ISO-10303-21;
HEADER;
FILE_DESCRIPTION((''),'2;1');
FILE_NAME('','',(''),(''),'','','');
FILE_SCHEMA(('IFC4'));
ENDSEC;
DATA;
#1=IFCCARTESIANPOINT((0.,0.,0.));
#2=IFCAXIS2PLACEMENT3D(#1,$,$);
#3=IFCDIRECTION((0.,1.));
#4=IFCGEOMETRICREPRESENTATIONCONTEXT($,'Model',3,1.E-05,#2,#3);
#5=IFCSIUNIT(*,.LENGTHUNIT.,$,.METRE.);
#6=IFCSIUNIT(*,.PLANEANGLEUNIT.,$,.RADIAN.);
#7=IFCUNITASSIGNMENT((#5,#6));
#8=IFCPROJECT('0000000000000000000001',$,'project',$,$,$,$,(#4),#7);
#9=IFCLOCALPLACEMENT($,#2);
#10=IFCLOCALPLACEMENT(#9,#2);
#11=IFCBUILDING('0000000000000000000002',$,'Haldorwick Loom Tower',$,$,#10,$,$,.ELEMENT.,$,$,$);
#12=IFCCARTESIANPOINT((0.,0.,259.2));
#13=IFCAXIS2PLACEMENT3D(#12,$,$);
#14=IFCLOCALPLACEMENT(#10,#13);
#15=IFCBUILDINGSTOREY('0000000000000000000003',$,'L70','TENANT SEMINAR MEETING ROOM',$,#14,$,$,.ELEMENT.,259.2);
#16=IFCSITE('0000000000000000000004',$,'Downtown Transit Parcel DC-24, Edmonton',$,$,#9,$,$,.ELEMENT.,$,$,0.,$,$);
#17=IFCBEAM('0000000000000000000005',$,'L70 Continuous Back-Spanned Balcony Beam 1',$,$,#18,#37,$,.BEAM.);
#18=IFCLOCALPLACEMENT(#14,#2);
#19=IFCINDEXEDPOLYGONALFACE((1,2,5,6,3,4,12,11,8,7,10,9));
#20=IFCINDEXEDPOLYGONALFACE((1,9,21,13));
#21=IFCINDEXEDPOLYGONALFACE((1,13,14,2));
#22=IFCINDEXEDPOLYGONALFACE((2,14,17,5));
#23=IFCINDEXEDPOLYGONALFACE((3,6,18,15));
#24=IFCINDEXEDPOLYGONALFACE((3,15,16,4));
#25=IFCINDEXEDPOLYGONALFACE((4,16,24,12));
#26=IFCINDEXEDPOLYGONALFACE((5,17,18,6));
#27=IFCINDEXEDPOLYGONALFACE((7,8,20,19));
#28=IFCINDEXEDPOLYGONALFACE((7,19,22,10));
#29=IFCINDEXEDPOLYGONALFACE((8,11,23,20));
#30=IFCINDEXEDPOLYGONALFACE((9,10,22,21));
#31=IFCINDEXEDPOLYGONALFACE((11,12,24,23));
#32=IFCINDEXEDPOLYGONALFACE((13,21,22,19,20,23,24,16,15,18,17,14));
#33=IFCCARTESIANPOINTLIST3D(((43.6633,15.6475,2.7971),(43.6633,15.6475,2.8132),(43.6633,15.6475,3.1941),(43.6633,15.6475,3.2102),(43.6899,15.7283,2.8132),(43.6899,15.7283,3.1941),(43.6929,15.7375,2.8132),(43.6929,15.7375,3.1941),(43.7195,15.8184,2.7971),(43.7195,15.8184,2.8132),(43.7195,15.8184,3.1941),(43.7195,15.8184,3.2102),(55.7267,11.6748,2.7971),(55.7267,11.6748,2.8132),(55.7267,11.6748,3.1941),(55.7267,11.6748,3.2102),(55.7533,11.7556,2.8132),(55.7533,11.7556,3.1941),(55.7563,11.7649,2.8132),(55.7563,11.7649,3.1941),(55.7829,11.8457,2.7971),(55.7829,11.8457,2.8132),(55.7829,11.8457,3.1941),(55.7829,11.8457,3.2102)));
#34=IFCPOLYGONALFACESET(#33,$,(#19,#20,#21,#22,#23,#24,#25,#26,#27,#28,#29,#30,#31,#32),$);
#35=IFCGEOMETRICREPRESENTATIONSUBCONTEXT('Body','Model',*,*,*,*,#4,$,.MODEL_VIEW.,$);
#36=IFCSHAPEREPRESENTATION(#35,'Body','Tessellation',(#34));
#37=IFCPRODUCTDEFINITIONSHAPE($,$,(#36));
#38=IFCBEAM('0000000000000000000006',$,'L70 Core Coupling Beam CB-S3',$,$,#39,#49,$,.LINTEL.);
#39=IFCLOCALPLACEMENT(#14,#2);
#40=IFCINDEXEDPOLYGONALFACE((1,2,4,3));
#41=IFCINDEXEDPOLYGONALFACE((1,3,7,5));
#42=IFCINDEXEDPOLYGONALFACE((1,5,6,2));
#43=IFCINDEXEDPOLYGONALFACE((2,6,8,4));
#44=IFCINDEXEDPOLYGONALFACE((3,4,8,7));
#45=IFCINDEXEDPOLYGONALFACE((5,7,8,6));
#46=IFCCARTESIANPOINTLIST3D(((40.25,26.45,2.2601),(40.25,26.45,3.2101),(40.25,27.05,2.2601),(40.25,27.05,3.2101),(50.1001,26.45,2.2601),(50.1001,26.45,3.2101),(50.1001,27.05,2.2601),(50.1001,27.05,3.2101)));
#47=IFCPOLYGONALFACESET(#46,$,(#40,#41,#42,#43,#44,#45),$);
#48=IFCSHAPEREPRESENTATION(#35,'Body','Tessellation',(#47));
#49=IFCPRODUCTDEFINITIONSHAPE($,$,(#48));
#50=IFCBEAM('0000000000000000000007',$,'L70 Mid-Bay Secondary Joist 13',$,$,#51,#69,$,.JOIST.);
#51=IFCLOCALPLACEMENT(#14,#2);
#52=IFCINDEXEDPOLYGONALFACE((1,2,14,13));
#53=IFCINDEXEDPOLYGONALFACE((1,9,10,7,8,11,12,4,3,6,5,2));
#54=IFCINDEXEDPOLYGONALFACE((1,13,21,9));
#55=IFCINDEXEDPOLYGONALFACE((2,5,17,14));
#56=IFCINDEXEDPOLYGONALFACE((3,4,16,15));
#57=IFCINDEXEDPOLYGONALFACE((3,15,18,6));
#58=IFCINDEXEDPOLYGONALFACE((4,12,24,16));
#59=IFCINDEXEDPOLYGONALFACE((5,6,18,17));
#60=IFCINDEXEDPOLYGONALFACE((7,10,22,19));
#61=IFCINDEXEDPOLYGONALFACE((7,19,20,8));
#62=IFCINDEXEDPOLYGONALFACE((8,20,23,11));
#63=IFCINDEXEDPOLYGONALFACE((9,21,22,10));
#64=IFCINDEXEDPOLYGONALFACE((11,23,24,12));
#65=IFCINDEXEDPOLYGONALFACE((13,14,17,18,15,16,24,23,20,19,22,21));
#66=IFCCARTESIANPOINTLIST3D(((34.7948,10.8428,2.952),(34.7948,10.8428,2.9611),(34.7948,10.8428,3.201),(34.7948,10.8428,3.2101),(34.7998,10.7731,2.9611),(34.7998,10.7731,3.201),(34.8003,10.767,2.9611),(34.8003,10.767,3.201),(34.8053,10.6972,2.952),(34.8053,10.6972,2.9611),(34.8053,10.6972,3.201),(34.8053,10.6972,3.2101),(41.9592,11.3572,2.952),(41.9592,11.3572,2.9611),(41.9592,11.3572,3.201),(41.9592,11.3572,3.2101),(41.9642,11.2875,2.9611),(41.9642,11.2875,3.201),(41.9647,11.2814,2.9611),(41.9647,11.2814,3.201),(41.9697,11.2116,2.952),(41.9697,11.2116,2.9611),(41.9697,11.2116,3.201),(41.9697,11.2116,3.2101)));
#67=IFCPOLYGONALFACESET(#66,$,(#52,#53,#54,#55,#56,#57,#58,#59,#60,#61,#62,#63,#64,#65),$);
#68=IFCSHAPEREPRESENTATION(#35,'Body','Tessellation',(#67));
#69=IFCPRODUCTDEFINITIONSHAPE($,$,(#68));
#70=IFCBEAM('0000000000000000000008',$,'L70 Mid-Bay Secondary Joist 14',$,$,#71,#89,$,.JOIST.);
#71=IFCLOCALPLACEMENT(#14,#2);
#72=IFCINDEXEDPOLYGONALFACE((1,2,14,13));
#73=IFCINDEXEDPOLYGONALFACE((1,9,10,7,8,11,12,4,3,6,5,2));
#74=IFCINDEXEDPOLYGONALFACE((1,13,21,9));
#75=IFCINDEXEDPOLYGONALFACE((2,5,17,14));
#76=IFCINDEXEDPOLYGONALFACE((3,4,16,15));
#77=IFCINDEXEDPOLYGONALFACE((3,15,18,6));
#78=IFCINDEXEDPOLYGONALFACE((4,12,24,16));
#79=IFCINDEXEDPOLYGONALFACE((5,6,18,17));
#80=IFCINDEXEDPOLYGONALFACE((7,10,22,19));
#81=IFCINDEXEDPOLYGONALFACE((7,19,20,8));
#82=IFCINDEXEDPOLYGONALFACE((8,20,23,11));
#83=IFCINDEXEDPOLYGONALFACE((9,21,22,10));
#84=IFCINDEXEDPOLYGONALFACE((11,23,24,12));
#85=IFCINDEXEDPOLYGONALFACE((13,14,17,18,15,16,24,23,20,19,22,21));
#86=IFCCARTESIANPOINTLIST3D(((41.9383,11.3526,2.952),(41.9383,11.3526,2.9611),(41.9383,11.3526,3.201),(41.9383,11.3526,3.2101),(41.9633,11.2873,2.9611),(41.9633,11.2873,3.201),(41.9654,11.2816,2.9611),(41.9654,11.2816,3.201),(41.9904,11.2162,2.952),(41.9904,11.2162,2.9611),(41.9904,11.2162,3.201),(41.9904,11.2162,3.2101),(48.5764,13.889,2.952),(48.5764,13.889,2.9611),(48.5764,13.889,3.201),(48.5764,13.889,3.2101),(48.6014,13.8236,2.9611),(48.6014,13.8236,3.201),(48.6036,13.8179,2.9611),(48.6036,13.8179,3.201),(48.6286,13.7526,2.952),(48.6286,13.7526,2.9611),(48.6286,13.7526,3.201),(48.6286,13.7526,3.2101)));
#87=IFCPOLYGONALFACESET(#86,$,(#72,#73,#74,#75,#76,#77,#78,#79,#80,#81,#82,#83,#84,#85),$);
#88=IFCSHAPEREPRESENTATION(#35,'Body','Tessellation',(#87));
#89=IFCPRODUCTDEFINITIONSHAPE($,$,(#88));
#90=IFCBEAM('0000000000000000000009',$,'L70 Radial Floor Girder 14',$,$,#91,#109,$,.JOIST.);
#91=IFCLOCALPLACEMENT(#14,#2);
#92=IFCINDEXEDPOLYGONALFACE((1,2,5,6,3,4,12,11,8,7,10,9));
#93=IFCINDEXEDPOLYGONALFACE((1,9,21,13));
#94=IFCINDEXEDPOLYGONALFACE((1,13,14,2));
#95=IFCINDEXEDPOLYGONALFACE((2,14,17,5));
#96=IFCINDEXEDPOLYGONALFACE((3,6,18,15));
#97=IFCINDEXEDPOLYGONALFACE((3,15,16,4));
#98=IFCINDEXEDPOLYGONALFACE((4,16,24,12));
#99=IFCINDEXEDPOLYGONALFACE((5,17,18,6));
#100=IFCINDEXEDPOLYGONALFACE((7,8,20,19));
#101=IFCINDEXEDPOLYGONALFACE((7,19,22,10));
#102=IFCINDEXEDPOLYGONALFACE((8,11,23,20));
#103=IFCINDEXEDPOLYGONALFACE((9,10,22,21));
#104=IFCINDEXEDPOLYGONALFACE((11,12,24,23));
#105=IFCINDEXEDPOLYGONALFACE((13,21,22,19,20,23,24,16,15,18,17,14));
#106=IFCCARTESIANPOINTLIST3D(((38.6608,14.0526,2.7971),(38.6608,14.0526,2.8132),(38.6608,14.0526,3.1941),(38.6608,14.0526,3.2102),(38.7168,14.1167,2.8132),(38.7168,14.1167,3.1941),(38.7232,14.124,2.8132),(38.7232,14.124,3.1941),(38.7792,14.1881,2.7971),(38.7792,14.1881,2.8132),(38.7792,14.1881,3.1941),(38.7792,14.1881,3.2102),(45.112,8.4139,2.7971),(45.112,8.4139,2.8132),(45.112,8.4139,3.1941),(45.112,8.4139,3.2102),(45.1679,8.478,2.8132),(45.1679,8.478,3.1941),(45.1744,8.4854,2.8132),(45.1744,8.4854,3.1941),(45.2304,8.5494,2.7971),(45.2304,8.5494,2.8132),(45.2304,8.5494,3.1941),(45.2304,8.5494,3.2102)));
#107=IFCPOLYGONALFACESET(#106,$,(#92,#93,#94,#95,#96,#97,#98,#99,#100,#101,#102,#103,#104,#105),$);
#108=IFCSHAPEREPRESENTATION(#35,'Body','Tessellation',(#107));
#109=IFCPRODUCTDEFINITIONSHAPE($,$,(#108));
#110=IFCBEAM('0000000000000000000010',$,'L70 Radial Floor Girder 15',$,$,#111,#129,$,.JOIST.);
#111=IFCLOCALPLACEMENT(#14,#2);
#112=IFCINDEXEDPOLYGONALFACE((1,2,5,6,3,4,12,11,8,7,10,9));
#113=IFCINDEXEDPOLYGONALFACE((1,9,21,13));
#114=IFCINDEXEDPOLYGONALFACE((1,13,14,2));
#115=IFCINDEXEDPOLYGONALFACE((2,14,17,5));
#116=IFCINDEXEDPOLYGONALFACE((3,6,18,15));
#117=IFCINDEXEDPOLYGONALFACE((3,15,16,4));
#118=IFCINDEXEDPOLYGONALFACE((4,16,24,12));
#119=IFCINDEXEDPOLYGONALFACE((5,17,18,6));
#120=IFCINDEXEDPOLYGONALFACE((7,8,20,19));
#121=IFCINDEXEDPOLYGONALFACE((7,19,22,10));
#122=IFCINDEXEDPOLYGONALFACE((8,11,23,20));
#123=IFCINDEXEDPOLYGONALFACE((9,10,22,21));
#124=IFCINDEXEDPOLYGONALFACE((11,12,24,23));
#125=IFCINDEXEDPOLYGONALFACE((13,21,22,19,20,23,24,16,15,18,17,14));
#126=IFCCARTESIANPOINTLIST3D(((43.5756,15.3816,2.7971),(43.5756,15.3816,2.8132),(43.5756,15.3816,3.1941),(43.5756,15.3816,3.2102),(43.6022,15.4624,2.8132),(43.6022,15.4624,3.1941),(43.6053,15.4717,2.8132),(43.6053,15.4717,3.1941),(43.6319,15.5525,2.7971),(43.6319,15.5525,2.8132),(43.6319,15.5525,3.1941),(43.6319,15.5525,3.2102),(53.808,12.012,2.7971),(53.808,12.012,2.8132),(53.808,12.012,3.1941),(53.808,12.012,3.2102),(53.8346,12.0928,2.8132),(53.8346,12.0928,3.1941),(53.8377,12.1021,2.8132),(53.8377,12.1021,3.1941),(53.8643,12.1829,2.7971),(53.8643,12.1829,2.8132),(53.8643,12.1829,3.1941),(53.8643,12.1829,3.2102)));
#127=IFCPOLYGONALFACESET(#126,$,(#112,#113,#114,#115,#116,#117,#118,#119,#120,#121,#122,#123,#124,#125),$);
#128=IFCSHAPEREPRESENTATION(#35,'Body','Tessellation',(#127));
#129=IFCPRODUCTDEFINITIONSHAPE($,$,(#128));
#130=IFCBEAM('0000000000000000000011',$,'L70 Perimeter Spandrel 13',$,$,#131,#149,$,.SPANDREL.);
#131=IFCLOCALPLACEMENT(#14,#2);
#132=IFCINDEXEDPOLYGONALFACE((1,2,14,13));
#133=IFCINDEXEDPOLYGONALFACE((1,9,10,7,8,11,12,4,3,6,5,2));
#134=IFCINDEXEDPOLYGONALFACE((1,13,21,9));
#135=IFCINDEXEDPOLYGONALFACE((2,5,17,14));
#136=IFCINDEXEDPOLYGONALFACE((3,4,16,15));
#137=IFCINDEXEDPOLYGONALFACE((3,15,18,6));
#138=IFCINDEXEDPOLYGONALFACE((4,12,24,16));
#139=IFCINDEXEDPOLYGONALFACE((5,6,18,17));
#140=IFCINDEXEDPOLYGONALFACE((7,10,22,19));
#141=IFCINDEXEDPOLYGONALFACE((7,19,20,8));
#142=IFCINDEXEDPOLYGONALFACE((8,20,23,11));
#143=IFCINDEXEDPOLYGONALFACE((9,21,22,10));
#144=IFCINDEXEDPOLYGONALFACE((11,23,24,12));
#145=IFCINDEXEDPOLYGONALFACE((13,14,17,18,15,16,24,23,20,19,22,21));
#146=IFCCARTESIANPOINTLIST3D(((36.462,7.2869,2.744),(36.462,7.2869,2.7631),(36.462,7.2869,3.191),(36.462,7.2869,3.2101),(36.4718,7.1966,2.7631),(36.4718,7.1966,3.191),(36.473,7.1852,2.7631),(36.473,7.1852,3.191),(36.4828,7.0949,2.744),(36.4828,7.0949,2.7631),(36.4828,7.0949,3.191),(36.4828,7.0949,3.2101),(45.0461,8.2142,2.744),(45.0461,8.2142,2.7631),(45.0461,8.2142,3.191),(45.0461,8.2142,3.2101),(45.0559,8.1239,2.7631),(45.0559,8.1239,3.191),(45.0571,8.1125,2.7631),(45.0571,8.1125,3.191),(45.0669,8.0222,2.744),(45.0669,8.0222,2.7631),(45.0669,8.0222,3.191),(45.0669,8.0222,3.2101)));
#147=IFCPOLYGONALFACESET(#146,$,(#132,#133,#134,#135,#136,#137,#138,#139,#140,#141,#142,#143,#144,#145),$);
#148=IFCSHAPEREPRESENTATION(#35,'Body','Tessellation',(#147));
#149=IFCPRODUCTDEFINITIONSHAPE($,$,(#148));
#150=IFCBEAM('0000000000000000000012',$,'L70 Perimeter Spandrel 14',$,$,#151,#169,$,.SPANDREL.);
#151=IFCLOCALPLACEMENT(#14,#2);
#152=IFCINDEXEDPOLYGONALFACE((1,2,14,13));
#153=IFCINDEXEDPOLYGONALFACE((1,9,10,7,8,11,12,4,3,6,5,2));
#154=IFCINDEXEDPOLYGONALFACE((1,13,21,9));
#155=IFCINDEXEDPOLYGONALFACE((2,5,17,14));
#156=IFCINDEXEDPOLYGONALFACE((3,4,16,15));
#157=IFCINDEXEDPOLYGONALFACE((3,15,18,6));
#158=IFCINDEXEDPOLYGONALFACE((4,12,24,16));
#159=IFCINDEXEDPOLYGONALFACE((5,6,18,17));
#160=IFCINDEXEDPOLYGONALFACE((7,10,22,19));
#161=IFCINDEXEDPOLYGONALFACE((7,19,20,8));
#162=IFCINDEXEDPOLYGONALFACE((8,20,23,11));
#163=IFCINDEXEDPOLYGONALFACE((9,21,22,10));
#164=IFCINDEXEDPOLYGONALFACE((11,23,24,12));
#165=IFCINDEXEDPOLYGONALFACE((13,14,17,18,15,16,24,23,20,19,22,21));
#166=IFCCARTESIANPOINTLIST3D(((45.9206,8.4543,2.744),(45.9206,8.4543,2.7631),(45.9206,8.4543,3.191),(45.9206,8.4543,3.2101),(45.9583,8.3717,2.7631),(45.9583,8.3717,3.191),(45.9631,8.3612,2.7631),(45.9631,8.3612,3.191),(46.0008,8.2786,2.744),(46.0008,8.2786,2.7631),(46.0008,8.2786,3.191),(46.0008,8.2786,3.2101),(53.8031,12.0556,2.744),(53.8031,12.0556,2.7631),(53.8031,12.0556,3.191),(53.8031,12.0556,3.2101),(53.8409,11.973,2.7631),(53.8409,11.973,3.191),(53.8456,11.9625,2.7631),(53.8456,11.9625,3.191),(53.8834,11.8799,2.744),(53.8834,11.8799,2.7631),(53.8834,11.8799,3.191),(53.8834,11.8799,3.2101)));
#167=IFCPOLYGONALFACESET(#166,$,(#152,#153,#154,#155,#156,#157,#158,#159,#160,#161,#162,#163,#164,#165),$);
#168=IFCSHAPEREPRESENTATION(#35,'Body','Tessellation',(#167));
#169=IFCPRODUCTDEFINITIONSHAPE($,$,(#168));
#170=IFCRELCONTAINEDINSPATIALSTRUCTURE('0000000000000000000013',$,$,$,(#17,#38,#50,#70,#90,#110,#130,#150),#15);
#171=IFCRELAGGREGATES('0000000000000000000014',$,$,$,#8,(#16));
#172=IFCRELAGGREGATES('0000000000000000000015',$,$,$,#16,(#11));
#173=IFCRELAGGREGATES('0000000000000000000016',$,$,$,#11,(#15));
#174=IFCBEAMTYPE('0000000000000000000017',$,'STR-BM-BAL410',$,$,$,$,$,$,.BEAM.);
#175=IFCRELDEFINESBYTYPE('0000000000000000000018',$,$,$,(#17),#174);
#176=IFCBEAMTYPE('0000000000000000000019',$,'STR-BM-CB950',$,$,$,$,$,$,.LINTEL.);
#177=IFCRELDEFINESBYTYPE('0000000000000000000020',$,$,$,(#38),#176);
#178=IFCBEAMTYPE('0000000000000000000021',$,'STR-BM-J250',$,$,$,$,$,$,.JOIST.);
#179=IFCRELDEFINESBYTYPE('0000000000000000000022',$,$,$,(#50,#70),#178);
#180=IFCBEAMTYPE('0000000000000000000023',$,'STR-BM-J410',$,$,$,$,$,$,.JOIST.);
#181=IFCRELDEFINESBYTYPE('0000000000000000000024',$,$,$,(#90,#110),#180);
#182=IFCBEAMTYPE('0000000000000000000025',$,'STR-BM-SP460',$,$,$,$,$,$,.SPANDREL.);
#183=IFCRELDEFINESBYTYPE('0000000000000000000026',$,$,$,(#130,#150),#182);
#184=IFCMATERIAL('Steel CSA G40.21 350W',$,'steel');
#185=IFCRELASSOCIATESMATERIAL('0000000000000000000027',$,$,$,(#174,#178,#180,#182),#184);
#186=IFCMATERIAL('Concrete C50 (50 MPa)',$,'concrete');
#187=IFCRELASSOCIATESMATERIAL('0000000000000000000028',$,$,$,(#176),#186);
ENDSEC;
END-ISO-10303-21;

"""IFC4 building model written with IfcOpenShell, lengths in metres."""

from ifc_helpers import new_model, si_unit, direction, frame, origin, origin_2d, place, context, subcontext, project, spatial, rectangle, i_section, extrude, material, material_profile, profile_set, type_object, element, save


model = new_model("IFC4")

# Units and contexts
model_context = context("Model", 3, precision=1e-05, world=origin(), true_north=direction((0.0, 1.0)))
body_context = subcontext(model_context, "Body", "Model", "MODEL_VIEW")
ifc_project = project(units=[si_unit("LENGTHUNIT", "METRE"), si_unit("PLANEANGLEUNIT", "RADIAN")], contexts=[model_context])

# Site, building, storey
site_placement = place(None, origin())
site = spatial("IfcSite", under=ifc_project, at=site_placement, Name="Downtown Transit Parcel DC-24, Edmonton", CompositionType="ELEMENT", RefElevation=0.0)
building_placement = place(site_placement, origin())
building = spatial("IfcBuilding", under=site, at=building_placement, Name="Haldorwick Loom Tower", CompositionType="ELEMENT")
storey_placement = place(building_placement, frame((0.0, 0.0, 259.2)))
storey = spatial("IfcBuildingStorey", under=building, at=storey_placement, Name="L70", Description="TENANT SEMINAR MEETING ROOM", CompositionType="ELEMENT", Elevation=259.2)

# Shared definitions
ifc_material_1 = material(Name="Concrete C50 (50 MPa)", Category="concrete")
ifc_material_2 = material(Name="Steel CSA G40.21 350W", Category="steel")

# Beams
ifc_material_profile_1 = material_profile(ifc_material_2, i_section(OverallWidth=0.1799, OverallDepth=0.4131, WebThickness=0.0098, FlangeThickness=0.0161, at=origin_2d()), Name="W410X74", Category="steel")
ifc_profile_set_1 = profile_set([ifc_material_profile_1], Name="Steel CSA G40.21 350W")
beam_type_1 = type_object("IfcBeamType", Name="STR-BM-BAL410", PredefinedType="BEAM", material=ifc_profile_set_1)
beam_1_placement = place(storey_placement, frame((43.6914, 15.7329, 3.0037), z_axis=(0.949823, -0.312789, 0.0), x_axis=(0.312789, 0.949823, 0.0)))
element("IfcBeam", 1, at=beam_1_placement, inside=storey, type_object=beam_type_1, Name="L70 Continuous Back-Spanned Balcony Beam 1", PredefinedType="BEAM", context=body_context, shape_type="SweptSolid", body=[
    extrude(i_section(OverallWidth=0.1799, OverallDepth=0.4131, WebThickness=0.0098, FlangeThickness=0.0161, at=origin_2d()), origin(), (0.0, 0.0, 1.0), 12.7007),
])
ifc_material_profile_2 = material_profile(ifc_material_1, rectangle(XDim=0.6001, YDim=0.95, at=origin_2d()), Name="RC600X950", Category="concrete")
ifc_profile_set_2 = profile_set([ifc_material_profile_2], Name="Concrete C50 (50 MPa)")
beam_type_2 = type_object("IfcBeamType", Name="STR-BM-CB950", PredefinedType="LINTEL", material=ifc_profile_set_2)
beam_2_placement = place(storey_placement, frame((40.25, 26.75, 2.7351), z_axis=(1.0, 0.0, 0.0), x_axis=(0.0, 1.0, 0.0)))
element("IfcBeam", 2, at=beam_2_placement, inside=storey, type_object=beam_type_2, Name="L70 Core Coupling Beam CB-S3", PredefinedType="LINTEL", context=body_context, shape_type="SweptSolid", body=[
    extrude(rectangle(XDim=0.6001, YDim=0.95, at=origin_2d()), origin(), (0.0, 0.0, 1.0), 9.8501),
])
ifc_material_profile_3 = material_profile(ifc_material_2, i_section(OverallWidth=0.146, OverallDepth=0.2581, WebThickness=0.0061, FlangeThickness=0.009, at=origin_2d()), Name="W250X33", Category="steel")
ifc_profile_set_3 = profile_set([ifc_material_profile_3], Name="Steel CSA G40.21 350W")
beam_type_3 = type_object("IfcBeamType", Name="STR-BM-J250", PredefinedType="JOIST", material=ifc_profile_set_3)
beam_3_placement = place(storey_placement, frame((34.8, 10.77, 3.0811), z_axis=(0.997432, 0.071617, 0.0), x_axis=(-0.071617, 0.997432, 0.0)))
element("IfcBeam", 3, at=beam_3_placement, inside=storey, type_object=beam_type_3, Name="L70 Mid-Bay Secondary Joist 13", PredefinedType="JOIST", context=body_context, shape_type="SweptSolid", body=[
    extrude(i_section(OverallWidth=0.146, OverallDepth=0.2581, WebThickness=0.0061, FlangeThickness=0.009, at=origin_2d()), origin(), (0.0, 0.0, 1.0), 7.1829),
])
beam_4_placement = place(storey_placement, frame((41.9644, 11.2844, 3.0811), z_axis=(0.934134, 0.356922, 0.0), x_axis=(-0.356922, 0.934134, 0.0)))
element("IfcBeam", 4, at=beam_4_placement, inside=storey, type_object=beam_type_3, Name="L70 Mid-Bay Secondary Joist 14", PredefinedType="JOIST", context=body_context, shape_type="SweptSolid", body=[
    extrude(i_section(OverallWidth=0.146, OverallDepth=0.2581, WebThickness=0.0061, FlangeThickness=0.009, at=origin_2d()), origin(), (0.0, 0.0, 1.0), 7.1062),
])
ifc_material_profile_4 = material_profile(ifc_material_2, i_section(OverallWidth=0.1799, OverallDepth=0.4131, WebThickness=0.0098, FlangeThickness=0.0161, at=origin_2d()), Name="W410X74", Category="steel")
ifc_profile_set_4 = profile_set([ifc_material_profile_4], Name="Steel CSA G40.21 350W")
beam_type_4 = type_object("IfcBeamType", Name="STR-BM-J410", PredefinedType="JOIST", material=ifc_profile_set_4)
beam_5_placement = place(storey_placement, frame((38.72, 14.1204, 3.0037), z_axis=(0.75293, -0.658101, 0.0), x_axis=(0.658101, 0.75293, 0.0)))
element("IfcBeam", 5, at=beam_5_placement, inside=storey, type_object=beam_type_4, Name="L70 Radial Floor Girder 14", PredefinedType="JOIST", context=body_context, shape_type="SweptSolid", body=[
    extrude(i_section(OverallWidth=0.1799, OverallDepth=0.4131, WebThickness=0.0098, FlangeThickness=0.0161, at=origin_2d()), origin(), (0.0, 0.0, 1.0), 8.5681),
])
beam_6_placement = place(storey_placement, frame((43.6038, 15.467, 3.0037), z_axis=(0.949824, -0.312786, 0.0), x_axis=(0.312786, 0.949824, 0.0)))
element("IfcBeam", 6, at=beam_6_placement, inside=storey, type_object=beam_type_4, Name="L70 Radial Floor Girder 15", PredefinedType="JOIST", context=body_context, shape_type="SweptSolid", body=[
    extrude(i_section(OverallWidth=0.1799, OverallDepth=0.4131, WebThickness=0.0098, FlangeThickness=0.0161, at=origin_2d()), origin(), (0.0, 0.0, 1.0), 10.7729),
])
ifc_material_profile_5 = material_profile(ifc_material_2, i_section(OverallWidth=0.1931, OverallDepth=0.4661, WebThickness=0.0115, FlangeThickness=0.019, at=origin_2d()), Name="W460X97", Category="steel")
ifc_profile_set_5 = profile_set([ifc_material_profile_5], Name="Steel CSA G40.21 350W")
beam_type_5 = type_object("IfcBeamType", Name="STR-BM-SP460", PredefinedType="SPANDREL", material=ifc_profile_set_5)
beam_7_placement = place(storey_placement, frame((36.4724, 7.1909, 2.9771), z_axis=(0.994216, 0.107396, 0.0), x_axis=(-0.107396, 0.994216, 0.0)))
element("IfcBeam", 7, at=beam_7_placement, inside=storey, type_object=beam_type_5, Name="L70 Perimeter Spandrel 13", PredefinedType="SPANDREL", context=body_context, shape_type="SweptSolid", body=[
    extrude(i_section(OverallWidth=0.1931, OverallDepth=0.4661, WebThickness=0.0115, FlangeThickness=0.019, at=origin_2d()), origin(), (0.0, 0.0, 1.0), 8.634),
])
beam_8_placement = place(storey_placement, frame((45.9607, 8.3665, 2.9771), z_axis=(0.909568, 0.415555, 0.0), x_axis=(-0.415555, 0.909568, 0.0)))
element("IfcBeam", 8, at=beam_8_placement, inside=storey, type_object=beam_type_5, Name="L70 Perimeter Spandrel 14", PredefinedType="SPANDREL", context=body_context, shape_type="SweptSolid", body=[
    extrude(i_section(OverallWidth=0.1931, OverallDepth=0.4661, WebThickness=0.0115, FlangeThickness=0.019, at=origin_2d()), origin(), (0.0, 0.0, 1.0), 8.6663),
])

save(model, "model.ifc")
